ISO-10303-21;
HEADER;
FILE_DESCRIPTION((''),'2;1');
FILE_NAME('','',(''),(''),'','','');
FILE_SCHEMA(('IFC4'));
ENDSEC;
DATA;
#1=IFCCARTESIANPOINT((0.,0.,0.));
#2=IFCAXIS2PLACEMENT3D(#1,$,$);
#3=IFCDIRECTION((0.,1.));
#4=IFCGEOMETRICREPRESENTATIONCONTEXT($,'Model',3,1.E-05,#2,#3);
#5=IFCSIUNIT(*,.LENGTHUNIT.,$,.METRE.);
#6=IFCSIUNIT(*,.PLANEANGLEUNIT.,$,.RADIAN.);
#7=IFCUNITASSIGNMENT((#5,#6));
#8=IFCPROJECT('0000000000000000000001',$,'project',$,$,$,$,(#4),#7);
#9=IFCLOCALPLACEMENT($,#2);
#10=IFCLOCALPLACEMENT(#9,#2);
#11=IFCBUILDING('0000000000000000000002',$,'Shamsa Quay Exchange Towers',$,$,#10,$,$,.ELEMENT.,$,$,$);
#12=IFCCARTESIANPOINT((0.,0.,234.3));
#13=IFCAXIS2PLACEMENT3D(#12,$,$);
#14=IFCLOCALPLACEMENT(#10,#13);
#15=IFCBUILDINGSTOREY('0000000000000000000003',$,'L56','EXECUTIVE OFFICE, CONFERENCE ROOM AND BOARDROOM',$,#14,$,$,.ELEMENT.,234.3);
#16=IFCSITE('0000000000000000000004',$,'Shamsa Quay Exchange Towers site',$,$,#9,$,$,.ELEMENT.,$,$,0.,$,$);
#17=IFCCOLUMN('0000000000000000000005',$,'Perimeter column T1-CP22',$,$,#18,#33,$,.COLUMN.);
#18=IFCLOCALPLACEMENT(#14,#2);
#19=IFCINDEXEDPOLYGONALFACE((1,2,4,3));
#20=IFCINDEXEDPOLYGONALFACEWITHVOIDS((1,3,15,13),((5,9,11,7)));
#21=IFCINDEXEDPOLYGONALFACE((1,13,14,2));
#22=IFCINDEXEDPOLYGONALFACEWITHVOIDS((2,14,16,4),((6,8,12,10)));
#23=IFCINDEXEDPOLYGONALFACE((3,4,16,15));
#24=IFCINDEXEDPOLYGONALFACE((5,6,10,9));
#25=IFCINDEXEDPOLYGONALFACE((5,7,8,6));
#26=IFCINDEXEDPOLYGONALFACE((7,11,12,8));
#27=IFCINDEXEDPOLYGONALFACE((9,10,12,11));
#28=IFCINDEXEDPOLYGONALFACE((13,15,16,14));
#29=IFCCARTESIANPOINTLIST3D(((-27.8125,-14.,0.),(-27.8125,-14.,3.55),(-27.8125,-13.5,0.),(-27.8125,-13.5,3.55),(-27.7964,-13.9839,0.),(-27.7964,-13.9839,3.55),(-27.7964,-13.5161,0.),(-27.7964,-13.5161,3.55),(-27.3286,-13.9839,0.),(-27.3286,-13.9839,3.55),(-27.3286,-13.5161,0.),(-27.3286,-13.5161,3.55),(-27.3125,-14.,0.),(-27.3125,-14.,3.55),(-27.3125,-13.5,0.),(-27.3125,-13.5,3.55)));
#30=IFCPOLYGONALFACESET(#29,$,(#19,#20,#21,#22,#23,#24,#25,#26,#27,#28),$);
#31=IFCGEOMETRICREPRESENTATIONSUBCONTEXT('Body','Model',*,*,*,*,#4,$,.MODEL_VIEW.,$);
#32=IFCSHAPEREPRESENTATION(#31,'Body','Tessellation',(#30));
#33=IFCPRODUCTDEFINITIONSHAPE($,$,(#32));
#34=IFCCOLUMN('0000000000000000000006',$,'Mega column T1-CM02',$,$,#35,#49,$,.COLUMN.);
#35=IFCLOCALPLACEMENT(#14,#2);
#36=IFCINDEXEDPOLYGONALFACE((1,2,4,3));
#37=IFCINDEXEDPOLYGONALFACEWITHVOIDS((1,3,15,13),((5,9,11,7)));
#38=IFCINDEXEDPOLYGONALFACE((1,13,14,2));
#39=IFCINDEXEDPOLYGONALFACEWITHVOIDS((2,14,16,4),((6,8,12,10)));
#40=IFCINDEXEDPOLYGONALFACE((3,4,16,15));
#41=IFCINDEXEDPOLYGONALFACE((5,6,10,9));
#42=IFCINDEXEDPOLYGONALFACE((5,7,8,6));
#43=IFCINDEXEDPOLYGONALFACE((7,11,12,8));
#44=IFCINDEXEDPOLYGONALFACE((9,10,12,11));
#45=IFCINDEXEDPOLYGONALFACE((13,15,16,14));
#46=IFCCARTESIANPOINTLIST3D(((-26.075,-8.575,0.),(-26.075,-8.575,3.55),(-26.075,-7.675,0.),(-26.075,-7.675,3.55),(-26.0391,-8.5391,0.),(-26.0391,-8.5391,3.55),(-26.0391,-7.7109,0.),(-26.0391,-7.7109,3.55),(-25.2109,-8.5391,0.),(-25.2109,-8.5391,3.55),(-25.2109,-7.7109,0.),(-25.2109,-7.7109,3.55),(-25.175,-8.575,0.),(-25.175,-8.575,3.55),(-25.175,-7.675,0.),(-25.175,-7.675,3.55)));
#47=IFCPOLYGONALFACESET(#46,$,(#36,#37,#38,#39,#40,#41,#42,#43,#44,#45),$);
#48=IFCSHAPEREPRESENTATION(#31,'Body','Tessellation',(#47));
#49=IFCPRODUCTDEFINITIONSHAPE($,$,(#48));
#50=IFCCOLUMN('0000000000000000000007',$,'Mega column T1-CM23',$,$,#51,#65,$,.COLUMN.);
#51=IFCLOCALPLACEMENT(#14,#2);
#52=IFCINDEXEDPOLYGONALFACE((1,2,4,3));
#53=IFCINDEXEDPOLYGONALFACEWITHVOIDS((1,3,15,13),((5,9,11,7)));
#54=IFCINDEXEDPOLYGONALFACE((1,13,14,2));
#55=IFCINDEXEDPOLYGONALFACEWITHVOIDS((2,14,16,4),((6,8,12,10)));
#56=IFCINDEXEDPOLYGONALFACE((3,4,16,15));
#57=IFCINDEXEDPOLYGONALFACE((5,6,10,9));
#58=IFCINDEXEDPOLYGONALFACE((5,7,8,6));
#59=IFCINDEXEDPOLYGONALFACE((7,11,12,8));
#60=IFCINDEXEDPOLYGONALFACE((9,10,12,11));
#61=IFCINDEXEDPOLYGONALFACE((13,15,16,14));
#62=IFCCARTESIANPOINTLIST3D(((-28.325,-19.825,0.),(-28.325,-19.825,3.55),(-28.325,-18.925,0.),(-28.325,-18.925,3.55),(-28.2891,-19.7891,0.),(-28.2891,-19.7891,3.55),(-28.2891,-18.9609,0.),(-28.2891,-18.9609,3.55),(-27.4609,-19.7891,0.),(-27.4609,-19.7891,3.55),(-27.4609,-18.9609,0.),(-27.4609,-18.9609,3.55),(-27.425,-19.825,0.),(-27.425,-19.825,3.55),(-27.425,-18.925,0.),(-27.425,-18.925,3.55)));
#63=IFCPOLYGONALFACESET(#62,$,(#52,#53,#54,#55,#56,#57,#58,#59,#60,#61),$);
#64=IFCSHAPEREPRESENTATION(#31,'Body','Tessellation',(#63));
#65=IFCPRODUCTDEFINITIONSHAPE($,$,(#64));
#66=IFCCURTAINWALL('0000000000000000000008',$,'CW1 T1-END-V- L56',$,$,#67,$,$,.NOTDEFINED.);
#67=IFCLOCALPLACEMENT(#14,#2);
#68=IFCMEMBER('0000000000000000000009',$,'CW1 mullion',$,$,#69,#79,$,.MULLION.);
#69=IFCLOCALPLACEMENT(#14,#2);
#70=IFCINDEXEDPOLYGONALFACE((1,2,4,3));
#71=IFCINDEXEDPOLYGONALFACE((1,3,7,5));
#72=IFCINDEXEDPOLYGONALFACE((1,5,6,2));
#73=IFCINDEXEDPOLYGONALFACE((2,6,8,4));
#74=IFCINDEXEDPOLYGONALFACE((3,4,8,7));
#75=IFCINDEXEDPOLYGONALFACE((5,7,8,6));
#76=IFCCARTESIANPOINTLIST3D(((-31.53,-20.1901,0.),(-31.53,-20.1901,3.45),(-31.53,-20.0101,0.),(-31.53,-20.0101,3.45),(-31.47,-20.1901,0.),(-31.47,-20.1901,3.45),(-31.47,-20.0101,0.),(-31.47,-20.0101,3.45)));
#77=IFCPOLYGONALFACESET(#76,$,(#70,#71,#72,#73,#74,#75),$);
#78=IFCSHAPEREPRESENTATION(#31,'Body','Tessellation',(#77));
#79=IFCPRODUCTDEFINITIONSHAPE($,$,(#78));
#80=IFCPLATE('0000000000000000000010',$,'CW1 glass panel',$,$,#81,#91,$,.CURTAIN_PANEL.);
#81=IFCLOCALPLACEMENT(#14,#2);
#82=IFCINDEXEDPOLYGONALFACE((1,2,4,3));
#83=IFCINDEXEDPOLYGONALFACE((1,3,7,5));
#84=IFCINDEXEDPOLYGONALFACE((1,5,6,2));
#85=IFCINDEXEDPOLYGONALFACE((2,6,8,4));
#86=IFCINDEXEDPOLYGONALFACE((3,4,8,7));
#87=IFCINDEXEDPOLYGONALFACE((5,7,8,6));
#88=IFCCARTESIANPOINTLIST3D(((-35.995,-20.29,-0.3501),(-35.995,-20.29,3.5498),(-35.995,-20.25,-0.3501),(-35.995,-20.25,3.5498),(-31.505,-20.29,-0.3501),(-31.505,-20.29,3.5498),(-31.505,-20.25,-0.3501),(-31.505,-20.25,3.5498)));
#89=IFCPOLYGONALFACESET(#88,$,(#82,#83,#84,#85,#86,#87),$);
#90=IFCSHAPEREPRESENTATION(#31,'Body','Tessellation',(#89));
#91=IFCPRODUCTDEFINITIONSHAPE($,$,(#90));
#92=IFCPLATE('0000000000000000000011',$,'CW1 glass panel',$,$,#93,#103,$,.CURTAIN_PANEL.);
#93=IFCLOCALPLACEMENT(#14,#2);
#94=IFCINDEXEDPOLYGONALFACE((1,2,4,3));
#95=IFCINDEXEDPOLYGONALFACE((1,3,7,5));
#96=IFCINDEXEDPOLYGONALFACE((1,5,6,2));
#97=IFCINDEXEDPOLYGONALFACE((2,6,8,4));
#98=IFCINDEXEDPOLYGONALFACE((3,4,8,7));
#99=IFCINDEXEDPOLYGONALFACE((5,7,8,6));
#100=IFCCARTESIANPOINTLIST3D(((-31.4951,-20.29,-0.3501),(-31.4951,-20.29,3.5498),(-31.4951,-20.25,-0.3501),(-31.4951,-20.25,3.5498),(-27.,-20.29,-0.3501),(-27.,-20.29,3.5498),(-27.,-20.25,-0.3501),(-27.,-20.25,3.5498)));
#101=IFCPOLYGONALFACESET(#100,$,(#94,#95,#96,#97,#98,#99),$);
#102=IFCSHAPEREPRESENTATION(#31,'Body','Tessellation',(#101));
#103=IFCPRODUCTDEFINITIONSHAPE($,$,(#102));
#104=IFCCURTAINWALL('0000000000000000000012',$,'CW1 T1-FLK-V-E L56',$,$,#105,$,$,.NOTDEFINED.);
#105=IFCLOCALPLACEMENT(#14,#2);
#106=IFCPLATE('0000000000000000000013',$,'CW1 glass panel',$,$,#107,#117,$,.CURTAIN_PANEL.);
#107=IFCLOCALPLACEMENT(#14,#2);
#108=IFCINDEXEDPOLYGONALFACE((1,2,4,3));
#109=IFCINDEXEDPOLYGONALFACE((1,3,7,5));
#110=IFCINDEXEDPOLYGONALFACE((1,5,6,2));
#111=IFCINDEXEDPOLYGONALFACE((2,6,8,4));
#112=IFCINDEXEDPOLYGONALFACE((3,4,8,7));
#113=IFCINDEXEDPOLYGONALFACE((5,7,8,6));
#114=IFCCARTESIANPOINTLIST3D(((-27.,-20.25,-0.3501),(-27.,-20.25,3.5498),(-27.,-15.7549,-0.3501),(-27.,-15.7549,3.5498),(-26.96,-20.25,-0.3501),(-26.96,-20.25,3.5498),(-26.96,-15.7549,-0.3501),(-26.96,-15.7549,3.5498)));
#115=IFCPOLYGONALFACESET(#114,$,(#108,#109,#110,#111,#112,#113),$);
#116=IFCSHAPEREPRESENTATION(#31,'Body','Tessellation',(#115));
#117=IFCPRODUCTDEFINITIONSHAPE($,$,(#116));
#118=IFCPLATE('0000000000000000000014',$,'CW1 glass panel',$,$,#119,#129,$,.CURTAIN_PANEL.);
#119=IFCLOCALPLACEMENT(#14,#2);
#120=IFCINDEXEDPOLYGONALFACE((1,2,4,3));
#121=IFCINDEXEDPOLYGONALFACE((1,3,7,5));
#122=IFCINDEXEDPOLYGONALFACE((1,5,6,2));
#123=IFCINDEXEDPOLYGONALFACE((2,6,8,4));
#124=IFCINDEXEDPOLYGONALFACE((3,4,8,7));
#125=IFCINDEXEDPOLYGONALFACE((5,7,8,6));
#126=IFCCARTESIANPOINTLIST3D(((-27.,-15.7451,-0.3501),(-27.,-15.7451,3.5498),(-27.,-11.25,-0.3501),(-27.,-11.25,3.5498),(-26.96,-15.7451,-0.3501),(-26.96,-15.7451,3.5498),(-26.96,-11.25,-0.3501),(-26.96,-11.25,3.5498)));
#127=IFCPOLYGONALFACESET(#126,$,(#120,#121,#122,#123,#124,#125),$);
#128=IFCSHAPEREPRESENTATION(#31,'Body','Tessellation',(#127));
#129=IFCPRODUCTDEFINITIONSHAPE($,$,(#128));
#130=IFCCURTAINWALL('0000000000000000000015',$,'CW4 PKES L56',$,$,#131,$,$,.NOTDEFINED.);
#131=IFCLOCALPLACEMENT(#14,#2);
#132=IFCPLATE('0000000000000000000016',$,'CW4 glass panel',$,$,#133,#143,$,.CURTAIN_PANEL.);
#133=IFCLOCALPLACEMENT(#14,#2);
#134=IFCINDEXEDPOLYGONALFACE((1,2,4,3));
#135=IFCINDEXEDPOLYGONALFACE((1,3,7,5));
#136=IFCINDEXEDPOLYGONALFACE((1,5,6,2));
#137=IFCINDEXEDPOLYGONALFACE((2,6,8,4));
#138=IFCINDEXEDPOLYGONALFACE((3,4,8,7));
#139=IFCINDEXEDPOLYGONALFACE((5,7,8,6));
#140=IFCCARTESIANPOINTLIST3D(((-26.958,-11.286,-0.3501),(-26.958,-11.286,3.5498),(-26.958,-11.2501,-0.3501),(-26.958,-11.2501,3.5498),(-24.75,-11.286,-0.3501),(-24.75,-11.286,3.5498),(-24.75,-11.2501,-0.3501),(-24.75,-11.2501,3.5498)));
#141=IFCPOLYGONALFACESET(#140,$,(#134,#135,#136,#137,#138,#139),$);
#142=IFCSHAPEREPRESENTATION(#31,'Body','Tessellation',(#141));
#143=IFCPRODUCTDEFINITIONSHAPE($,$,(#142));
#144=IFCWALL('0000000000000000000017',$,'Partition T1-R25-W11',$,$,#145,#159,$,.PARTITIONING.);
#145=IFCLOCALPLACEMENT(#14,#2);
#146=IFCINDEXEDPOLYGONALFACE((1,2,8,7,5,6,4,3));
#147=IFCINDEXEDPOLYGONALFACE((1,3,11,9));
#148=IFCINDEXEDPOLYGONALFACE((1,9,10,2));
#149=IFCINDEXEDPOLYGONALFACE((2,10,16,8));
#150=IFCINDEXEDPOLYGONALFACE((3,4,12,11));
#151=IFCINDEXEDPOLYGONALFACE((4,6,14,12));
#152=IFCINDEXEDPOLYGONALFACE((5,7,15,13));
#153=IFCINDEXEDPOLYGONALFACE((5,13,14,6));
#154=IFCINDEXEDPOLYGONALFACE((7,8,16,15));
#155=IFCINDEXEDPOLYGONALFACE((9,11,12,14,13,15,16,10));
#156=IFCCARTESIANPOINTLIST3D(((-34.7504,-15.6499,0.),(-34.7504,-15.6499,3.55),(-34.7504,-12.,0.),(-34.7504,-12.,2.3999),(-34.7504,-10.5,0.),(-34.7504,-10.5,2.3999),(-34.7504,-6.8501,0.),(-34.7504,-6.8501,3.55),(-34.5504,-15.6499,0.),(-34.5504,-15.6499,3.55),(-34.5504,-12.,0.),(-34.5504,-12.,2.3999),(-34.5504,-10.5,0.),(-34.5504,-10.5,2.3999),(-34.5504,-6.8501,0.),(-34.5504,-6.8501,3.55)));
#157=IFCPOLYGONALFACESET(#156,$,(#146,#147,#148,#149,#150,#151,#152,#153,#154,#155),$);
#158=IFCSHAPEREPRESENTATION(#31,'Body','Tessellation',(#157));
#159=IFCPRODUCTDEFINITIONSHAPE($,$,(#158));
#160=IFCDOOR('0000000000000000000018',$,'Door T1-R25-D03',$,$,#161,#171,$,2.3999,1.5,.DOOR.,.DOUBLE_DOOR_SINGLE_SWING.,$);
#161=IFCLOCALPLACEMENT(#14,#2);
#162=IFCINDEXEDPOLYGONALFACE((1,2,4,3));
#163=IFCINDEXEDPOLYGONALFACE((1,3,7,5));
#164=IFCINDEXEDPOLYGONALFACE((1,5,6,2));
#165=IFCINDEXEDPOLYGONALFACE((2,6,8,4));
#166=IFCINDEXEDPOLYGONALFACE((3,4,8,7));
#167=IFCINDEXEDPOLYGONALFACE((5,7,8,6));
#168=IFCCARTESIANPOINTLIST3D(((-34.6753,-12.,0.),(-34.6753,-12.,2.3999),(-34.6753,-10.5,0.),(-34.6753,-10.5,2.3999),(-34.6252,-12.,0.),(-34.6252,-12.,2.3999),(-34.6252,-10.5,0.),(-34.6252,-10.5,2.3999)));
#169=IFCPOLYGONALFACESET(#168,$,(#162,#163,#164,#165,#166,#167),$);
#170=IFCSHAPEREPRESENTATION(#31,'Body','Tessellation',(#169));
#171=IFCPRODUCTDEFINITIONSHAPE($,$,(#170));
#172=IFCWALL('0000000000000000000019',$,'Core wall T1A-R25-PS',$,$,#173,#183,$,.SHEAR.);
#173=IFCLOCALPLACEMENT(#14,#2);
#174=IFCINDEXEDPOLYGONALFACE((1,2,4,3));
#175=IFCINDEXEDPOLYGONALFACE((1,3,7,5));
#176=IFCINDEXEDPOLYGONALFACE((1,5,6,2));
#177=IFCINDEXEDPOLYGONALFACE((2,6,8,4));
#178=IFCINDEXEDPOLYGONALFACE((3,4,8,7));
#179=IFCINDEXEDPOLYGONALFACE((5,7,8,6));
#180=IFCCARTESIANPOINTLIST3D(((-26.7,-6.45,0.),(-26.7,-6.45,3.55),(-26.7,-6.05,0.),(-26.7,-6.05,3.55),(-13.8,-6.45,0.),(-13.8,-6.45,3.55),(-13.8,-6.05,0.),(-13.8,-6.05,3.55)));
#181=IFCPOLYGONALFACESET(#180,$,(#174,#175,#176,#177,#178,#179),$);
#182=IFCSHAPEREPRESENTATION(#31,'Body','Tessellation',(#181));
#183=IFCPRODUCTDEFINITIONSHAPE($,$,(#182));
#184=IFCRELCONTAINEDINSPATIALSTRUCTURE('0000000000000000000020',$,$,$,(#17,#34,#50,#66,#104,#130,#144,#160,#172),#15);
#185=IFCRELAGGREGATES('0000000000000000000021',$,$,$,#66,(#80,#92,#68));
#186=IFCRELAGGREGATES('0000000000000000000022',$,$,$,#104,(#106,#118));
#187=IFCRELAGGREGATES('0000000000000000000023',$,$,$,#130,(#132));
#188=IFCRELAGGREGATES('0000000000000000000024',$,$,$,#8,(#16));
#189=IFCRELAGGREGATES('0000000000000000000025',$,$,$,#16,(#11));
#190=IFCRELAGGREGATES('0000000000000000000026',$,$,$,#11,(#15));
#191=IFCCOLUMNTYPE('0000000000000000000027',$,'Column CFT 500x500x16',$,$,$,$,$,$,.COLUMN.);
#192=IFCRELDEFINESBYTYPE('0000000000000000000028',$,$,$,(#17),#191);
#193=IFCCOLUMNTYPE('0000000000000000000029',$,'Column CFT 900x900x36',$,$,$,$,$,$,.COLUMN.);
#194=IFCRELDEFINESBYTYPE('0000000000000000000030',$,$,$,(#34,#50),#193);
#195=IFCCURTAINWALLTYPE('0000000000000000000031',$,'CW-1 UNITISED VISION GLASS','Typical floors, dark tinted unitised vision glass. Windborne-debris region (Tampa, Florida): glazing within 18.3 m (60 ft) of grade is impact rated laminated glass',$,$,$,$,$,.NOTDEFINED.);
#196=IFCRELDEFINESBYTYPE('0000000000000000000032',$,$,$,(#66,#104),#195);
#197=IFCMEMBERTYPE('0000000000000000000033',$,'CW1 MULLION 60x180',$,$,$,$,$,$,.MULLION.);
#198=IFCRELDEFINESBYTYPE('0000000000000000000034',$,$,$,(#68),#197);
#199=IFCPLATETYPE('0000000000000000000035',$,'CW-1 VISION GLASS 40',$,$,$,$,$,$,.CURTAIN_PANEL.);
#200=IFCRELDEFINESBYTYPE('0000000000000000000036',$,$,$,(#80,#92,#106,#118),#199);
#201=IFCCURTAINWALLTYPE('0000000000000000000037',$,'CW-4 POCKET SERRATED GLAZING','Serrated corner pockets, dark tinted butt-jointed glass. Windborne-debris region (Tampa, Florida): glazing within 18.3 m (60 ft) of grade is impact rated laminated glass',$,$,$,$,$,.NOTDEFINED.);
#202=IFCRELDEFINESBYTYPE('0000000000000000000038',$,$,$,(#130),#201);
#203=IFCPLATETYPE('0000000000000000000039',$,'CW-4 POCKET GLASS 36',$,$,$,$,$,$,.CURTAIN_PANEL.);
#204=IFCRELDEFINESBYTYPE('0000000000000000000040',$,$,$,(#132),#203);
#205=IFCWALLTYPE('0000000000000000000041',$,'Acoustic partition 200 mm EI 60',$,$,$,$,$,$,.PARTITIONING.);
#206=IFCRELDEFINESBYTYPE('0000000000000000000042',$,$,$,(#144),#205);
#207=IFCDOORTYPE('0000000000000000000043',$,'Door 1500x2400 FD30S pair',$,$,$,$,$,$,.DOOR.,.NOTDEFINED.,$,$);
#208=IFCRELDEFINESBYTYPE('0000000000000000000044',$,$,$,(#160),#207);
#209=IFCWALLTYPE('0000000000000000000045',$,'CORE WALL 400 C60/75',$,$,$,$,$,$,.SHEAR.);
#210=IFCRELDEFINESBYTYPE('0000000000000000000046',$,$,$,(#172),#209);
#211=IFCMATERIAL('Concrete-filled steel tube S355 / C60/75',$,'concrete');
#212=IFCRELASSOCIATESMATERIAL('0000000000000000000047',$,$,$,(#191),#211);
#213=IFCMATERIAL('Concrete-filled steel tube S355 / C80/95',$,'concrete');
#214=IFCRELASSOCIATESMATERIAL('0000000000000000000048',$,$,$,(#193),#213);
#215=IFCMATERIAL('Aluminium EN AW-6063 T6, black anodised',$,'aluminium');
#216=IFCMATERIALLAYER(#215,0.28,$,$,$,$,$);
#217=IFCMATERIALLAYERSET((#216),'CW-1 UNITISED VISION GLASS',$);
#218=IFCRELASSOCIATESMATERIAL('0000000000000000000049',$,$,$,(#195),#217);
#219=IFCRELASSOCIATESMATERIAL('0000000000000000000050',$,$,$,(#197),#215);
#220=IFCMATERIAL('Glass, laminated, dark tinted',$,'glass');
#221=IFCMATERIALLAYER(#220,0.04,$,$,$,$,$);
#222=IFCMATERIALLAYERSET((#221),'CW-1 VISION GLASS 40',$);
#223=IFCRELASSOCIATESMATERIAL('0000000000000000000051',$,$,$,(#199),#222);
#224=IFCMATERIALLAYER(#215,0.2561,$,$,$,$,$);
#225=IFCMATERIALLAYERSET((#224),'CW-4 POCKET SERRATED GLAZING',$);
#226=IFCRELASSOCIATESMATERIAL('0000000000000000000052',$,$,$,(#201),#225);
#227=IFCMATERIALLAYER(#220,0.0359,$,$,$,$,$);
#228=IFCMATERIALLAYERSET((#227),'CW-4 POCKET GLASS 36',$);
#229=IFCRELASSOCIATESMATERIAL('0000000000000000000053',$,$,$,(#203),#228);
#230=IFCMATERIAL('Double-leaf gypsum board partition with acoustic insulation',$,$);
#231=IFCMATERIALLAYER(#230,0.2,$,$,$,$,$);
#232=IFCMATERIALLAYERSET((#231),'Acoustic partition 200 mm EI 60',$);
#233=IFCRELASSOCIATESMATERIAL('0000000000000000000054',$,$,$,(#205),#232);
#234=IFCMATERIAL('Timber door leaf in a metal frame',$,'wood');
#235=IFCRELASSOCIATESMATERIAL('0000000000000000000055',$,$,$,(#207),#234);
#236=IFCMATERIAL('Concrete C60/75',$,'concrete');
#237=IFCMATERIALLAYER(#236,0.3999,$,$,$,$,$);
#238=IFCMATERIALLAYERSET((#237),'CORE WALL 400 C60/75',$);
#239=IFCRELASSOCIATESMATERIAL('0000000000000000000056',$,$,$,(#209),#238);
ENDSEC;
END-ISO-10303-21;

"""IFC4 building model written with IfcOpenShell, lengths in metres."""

from ifc_helpers import new_model, si_unit, direction, frame, frame_2d, origin, origin_2d, place, context, subcontext, project, spatial, rectangle, hollow_rectangle, extrude, material, layer, layer_set, material_profile, profile_set, type_object, element, fill, aggregate, save


model = new_model("IFC4")

# Units and contexts
model_context = context("Model", 3, precision=1e-05, world=origin(), true_north=direction((0.0, 1.0)))
body_context = subcontext(model_context, "Body", "Model", "MODEL_VIEW")
ifc_project = project(units=[si_unit("LENGTHUNIT", "METRE"), si_unit("PLANEANGLEUNIT", "RADIAN")], contexts=[model_context])

# Site, building, storey
site_placement = place(None, origin())
site = spatial("IfcSite", under=ifc_project, at=site_placement, Name="Shamsa Quay Exchange Towers site", CompositionType="ELEMENT", RefElevation=0.0)
building_placement = place(site_placement, origin())
building = spatial("IfcBuilding", under=site, at=building_placement, Name="Shamsa Quay Exchange Towers", CompositionType="ELEMENT")
storey_placement = place(building_placement, frame((0.0, 0.0, 234.3)))
storey = spatial("IfcBuildingStorey", under=building, at=storey_placement, Name="L56", Description="EXECUTIVE OFFICE, CONFERENCE ROOM AND BOARDROOM", CompositionType="ELEMENT", Elevation=234.3)

# Columns
ifc_material_1 = material(Name="Concrete-filled steel tube S355 / C60/75", Category="concrete")
ifc_material_profile_1 = material_profile(ifc_material_1, hollow_rectangle(XDim=0.5, YDim=0.5, WallThickness=0.0161, at=origin_2d()), Name="CFT 500x500x16")
ifc_profile_set_1 = profile_set([ifc_material_profile_1], Name="Concrete-filled steel tube S355 / C60/75")
column_type_1 = type_object("IfcColumnType", Name="Column CFT 500x500x16", PredefinedType="COLUMN", material=ifc_profile_set_1)
column_placement = place(storey_placement, frame((-27.5625, -13.75, 0.0)))
element("IfcColumn", 1, at=column_placement, inside=storey, type_object=column_type_1, Name="Perimeter column T1-CP22", PredefinedType="COLUMN", context=body_context, shape_type="SweptSolid", body=[
    extrude(hollow_rectangle(XDim=0.5, YDim=0.5, WallThickness=0.0161, at=origin_2d()), origin(), (0.0, 0.0, 1.0), 3.55),
])
ifc_material_2 = material(Name="Concrete-filled steel tube S355 / C80/95", Category="concrete")
ifc_material_profile_2 = material_profile(ifc_material_2, hollow_rectangle(XDim=0.8999, YDim=0.8999, WallThickness=0.0359, at=origin_2d()), Name="CFT 900x900x36")
ifc_profile_set_2 = profile_set([ifc_material_profile_2], Name="Concrete-filled steel tube S355 / C80/95")
column_type_2 = type_object("IfcColumnType", Name="Column CFT 900x900x36", PredefinedType="COLUMN", material=ifc_profile_set_2)
for number, where, name in (
    (2, (-25.625, -8.125, 0.0), "Mega column T1-CM02"),
    (3, (-27.875, -19.375, 0.0), "Mega column T1-CM23"),
):
    element("IfcColumn", number, at=place(storey_placement, frame(where)), inside=storey, type_object=column_type_2, Name=name, PredefinedType="COLUMN", context=body_context, shape_type="SweptSolid", body=[
        extrude(hollow_rectangle(XDim=0.8999, YDim=0.8999, WallThickness=0.0359, at=origin_2d()), origin(), (0.0, 0.0, 1.0), 3.55),
    ])

# Curtain wall, member, plates
ifc_material_3 = material(Name="Aluminium EN AW-6063 T6, black anodised", Category="aluminium")
ifc_layer_1 = layer(ifc_material_3, 0.28)
ifc_layer_set_1 = layer_set([ifc_layer_1], Name="CW-1 UNITISED VISION GLASS")
curtain_wall_type_1 = type_object("IfcCurtainWallType", Name="CW-1 UNITISED VISION GLASS", Description="Typical floors, dark tinted unitised vision glass. Windborne-debris region (Tampa, Florida): glazing within 18.3 m (60 ft) of grade is impact rated laminated glass", PredefinedType="NOTDEFINED", material=ifc_layer_set_1)
curtain_wall_1_placement = place(storey_placement, origin())
curtain_wall_1 = element("IfcCurtainWall", 4, at=curtain_wall_1_placement, inside=storey, type_object=curtain_wall_type_1, Name="CW1 T1-END-V- L56", PredefinedType="NOTDEFINED")
ifc_material_profile_3 = material_profile(ifc_material_3, rectangle(XDim=0.1799, YDim=0.0601, at=origin_2d()), Name="MU60x180")
ifc_profile_set_3 = profile_set([ifc_material_profile_3], Name="Aluminium EN AW-6063 T6, black anodised")
member_type = type_object("IfcMemberType", Name="CW1 MULLION 60x180", PredefinedType="MULLION", material=ifc_profile_set_3)
member_placement = place(storey_placement, frame((-31.5, -20.1001, 0.0), z_axis=(0.0, 0.0, 1.0), x_axis=(0.0, 1.0, 0.0)))
member = element("IfcMember", 5, at=member_placement, type_object=member_type, Name="CW1 mullion", PredefinedType="MULLION", context=body_context, shape_type="SweptSolid", body=[
    extrude(rectangle(XDim=0.1799, YDim=0.0601, at=origin_2d()), origin(), (0.0, 0.0, 1.0), 3.45),
])
ifc_material_4 = material(Name="Glass, laminated, dark tinted", Category="glass")
ifc_layer_2 = layer(ifc_material_4, 0.04)
ifc_layer_set_2 = layer_set([ifc_layer_2], Name="CW-1 VISION GLASS 40")
plate_type_1 = type_object("IfcPlateType", Name="CW-1 VISION GLASS 40", PredefinedType="CURTAIN_PANEL", material=ifc_layer_set_2)
plate_1_placement = place(storey_placement, frame((-33.75, -20.27, -0.3501)))
plate_1 = element("IfcPlate", 6, at=plate_1_placement, type_object=plate_type_1, Name="CW1 glass panel", PredefinedType="CURTAIN_PANEL", context=body_context, shape_type="SweptSolid", body=[
    extrude(rectangle(XDim=4.49, YDim=0.04, at=origin_2d()), origin(), (0.0, 0.0, 1.0), 3.8999),
])
plate_2_placement = place(storey_placement, frame((-29.2476, -20.27, -0.3501)))
plate_2 = element("IfcPlate", 7, at=plate_2_placement, type_object=plate_type_1, Name="CW1 glass panel", PredefinedType="CURTAIN_PANEL", context=body_context, shape_type="SweptSolid", body=[
    extrude(rectangle(XDim=4.4951, YDim=0.04, at=origin_2d()), origin(), (0.0, 0.0, 1.0), 3.8999),
])
aggregate(curtain_wall_1, [plate_1, plate_2, member])

# Curtain wall, plates
curtain_wall_2_placement = place(storey_placement, origin())
curtain_wall_2 = element("IfcCurtainWall", 8, at=curtain_wall_2_placement, inside=storey, type_object=curtain_wall_type_1, Name="CW1 T1-FLK-V-E L56", PredefinedType="NOTDEFINED")
plate_3_placement = place(storey_placement, frame((-26.98, -18.0024, -0.3501), z_axis=(0.0, 0.0, 1.0), x_axis=(0.0, 1.0, 0.0)))
plate_3 = element("IfcPlate", 9, at=plate_3_placement, type_object=plate_type_1, Name="CW1 glass panel", PredefinedType="CURTAIN_PANEL", context=body_context, shape_type="SweptSolid", body=[
    extrude(rectangle(XDim=4.4951, YDim=0.04, at=origin_2d()), origin(), (0.0, 0.0, 1.0), 3.8999),
])
plate_4_placement = place(storey_placement, frame((-26.98, -13.4976, -0.3501), z_axis=(0.0, 0.0, 1.0), x_axis=(0.0, 1.0, 0.0)))
plate_4 = element("IfcPlate", 10, at=plate_4_placement, type_object=plate_type_1, Name="CW1 glass panel", PredefinedType="CURTAIN_PANEL", context=body_context, shape_type="SweptSolid", body=[
    extrude(rectangle(XDim=4.4951, YDim=0.04, at=origin_2d()), origin(), (0.0, 0.0, 1.0), 3.8999),
])
aggregate(curtain_wall_2, [plate_3, plate_4])

# Curtain wall, plate
ifc_layer_3 = layer(ifc_material_3, 0.2561)
ifc_layer_set_3 = layer_set([ifc_layer_3], Name="CW-4 POCKET SERRATED GLAZING")
curtain_wall_type_2 = type_object("IfcCurtainWallType", Name="CW-4 POCKET SERRATED GLAZING", Description="Serrated corner pockets, dark tinted butt-jointed glass. Windborne-debris region (Tampa, Florida): glazing within 18.3 m (60 ft) of grade is impact rated laminated glass", PredefinedType="NOTDEFINED", material=ifc_layer_set_3)
curtain_wall_3_placement = place(storey_placement, origin())
curtain_wall_3 = element("IfcCurtainWall", 11, at=curtain_wall_3_placement, inside=storey, type_object=curtain_wall_type_2, Name="CW4 PKES L56", PredefinedType="NOTDEFINED")
ifc_layer_4 = layer(ifc_material_4, 0.0359)
ifc_layer_set_4 = layer_set([ifc_layer_4], Name="CW-4 POCKET GLASS 36")
plate_type_2 = type_object("IfcPlateType", Name="CW-4 POCKET GLASS 36", PredefinedType="CURTAIN_PANEL", material=ifc_layer_set_4)
plate_5_placement = place(storey_placement, frame((-25.854, -11.2681, -0.3501)))
plate_5 = element("IfcPlate", 12, at=plate_5_placement, type_object=plate_type_2, Name="CW4 glass panel", PredefinedType="CURTAIN_PANEL", context=body_context, shape_type="SweptSolid", body=[
    extrude(rectangle(XDim=2.208, YDim=0.0359, at=origin_2d()), origin(), (0.0, 0.0, 1.0), 3.8999),
])
aggregate(curtain_wall_3, [plate_5])

# Wall, opening, door
ifc_material_5 = material(Name="Double-leaf gypsum board partition with acoustic insulation")
ifc_layer_5 = layer(ifc_material_5, 0.2)
ifc_layer_set_5 = layer_set([ifc_layer_5], Name="Acoustic partition 200 mm EI 60")
wall_type_1 = type_object("IfcWallType", Name="Acoustic partition 200 mm EI 60", PredefinedType="PARTITIONING", material=ifc_layer_set_5)
wall_1_placement = place(storey_placement, frame((-34.6504, -15.6499, 0.0), z_axis=(0.0, 0.0, 1.0), x_axis=(0.0, 1.0, 0.0)))
wall_1 = element("IfcWall", 13, at=wall_1_placement, inside=storey, type_object=wall_type_1, Name="Partition T1-R25-W11", PredefinedType="PARTITIONING", context=body_context, shape_type="SweptSolid", body=[
    extrude(rectangle(XDim=8.7998, YDim=0.2, at=frame_2d((4.3999, 0.0))), origin(), (0.0, 0.0, 1.0), 3.55),
])
opening_1_placement = place(wall_1_placement, frame((3.6499, 0.0, 0.0)))
opening_1 = element("IfcOpeningElement", 14, at=opening_1_placement, cuts=wall_1, PredefinedType="OPENING", context=body_context, shape_type="SweptSolid", body=[
    extrude(rectangle(XDim=1.5, YDim=2.3999, at=frame_2d((0.75, 1.2))), frame((0.0, 0.1099, 0.0), z_axis=(0.0, -1.0, 0.0), x_axis=(1.0, 0.0, 0.0)), (0.0, 0.0, 1.0), 0.22),
])
ifc_material_6 = material(Name="Timber door leaf in a metal frame", Category="wood")
door_type_1 = type_object("IfcDoorType", Name="Door 1500x2400 FD30S pair", OperationType="NOTDEFINED", PredefinedType="DOOR", material=ifc_material_6)
door_1_placement = place(opening_1_placement, origin())
door_1 = element("IfcDoor", 15, at=door_1_placement, inside=storey, type_object=door_type_1, Name="Door T1-R25-D03", OperationType="DOUBLE_DOOR_SINGLE_SWING", OverallHeight=2.3999, OverallWidth=1.5, PredefinedType="DOOR", context=body_context, shape_type="SweptSolid", body=[
    extrude(rectangle(XDim=1.5, YDim=2.3999, at=frame_2d((0.75, 1.2))), frame((0.0, 0.0249, 0.0), z_axis=(0.0, -1.0, 0.0), x_axis=(1.0, 0.0, 0.0)), (0.0, 0.0, 1.0), 0.05),
])
fill(opening_1, door_1)

# Wall
ifc_material_7 = material(Name="Concrete C60/75", Category="concrete")
ifc_layer_6 = layer(ifc_material_7, 0.3999)
ifc_layer_set_6 = layer_set([ifc_layer_6], Name="CORE WALL 400 C60/75")
wall_type_2 = type_object("IfcWallType", Name="CORE WALL 400 C60/75", PredefinedType="SHEAR", material=ifc_layer_set_6)
wall_2_placement = place(storey_placement, frame((-26.7, -6.25, 0.0)))
element("IfcWall", 16, at=wall_2_placement, inside=storey, type_object=wall_type_2, Name="Core wall T1A-R25-PS", PredefinedType="SHEAR", context=body_context, shape_type="SweptSolid", body=[
    extrude(rectangle(XDim=12.8999, YDim=0.3999, at=frame_2d((6.45, 0.0))), origin(), (0.0, 0.0, 1.0), 3.55),
])

save(model, "model.ifc")
